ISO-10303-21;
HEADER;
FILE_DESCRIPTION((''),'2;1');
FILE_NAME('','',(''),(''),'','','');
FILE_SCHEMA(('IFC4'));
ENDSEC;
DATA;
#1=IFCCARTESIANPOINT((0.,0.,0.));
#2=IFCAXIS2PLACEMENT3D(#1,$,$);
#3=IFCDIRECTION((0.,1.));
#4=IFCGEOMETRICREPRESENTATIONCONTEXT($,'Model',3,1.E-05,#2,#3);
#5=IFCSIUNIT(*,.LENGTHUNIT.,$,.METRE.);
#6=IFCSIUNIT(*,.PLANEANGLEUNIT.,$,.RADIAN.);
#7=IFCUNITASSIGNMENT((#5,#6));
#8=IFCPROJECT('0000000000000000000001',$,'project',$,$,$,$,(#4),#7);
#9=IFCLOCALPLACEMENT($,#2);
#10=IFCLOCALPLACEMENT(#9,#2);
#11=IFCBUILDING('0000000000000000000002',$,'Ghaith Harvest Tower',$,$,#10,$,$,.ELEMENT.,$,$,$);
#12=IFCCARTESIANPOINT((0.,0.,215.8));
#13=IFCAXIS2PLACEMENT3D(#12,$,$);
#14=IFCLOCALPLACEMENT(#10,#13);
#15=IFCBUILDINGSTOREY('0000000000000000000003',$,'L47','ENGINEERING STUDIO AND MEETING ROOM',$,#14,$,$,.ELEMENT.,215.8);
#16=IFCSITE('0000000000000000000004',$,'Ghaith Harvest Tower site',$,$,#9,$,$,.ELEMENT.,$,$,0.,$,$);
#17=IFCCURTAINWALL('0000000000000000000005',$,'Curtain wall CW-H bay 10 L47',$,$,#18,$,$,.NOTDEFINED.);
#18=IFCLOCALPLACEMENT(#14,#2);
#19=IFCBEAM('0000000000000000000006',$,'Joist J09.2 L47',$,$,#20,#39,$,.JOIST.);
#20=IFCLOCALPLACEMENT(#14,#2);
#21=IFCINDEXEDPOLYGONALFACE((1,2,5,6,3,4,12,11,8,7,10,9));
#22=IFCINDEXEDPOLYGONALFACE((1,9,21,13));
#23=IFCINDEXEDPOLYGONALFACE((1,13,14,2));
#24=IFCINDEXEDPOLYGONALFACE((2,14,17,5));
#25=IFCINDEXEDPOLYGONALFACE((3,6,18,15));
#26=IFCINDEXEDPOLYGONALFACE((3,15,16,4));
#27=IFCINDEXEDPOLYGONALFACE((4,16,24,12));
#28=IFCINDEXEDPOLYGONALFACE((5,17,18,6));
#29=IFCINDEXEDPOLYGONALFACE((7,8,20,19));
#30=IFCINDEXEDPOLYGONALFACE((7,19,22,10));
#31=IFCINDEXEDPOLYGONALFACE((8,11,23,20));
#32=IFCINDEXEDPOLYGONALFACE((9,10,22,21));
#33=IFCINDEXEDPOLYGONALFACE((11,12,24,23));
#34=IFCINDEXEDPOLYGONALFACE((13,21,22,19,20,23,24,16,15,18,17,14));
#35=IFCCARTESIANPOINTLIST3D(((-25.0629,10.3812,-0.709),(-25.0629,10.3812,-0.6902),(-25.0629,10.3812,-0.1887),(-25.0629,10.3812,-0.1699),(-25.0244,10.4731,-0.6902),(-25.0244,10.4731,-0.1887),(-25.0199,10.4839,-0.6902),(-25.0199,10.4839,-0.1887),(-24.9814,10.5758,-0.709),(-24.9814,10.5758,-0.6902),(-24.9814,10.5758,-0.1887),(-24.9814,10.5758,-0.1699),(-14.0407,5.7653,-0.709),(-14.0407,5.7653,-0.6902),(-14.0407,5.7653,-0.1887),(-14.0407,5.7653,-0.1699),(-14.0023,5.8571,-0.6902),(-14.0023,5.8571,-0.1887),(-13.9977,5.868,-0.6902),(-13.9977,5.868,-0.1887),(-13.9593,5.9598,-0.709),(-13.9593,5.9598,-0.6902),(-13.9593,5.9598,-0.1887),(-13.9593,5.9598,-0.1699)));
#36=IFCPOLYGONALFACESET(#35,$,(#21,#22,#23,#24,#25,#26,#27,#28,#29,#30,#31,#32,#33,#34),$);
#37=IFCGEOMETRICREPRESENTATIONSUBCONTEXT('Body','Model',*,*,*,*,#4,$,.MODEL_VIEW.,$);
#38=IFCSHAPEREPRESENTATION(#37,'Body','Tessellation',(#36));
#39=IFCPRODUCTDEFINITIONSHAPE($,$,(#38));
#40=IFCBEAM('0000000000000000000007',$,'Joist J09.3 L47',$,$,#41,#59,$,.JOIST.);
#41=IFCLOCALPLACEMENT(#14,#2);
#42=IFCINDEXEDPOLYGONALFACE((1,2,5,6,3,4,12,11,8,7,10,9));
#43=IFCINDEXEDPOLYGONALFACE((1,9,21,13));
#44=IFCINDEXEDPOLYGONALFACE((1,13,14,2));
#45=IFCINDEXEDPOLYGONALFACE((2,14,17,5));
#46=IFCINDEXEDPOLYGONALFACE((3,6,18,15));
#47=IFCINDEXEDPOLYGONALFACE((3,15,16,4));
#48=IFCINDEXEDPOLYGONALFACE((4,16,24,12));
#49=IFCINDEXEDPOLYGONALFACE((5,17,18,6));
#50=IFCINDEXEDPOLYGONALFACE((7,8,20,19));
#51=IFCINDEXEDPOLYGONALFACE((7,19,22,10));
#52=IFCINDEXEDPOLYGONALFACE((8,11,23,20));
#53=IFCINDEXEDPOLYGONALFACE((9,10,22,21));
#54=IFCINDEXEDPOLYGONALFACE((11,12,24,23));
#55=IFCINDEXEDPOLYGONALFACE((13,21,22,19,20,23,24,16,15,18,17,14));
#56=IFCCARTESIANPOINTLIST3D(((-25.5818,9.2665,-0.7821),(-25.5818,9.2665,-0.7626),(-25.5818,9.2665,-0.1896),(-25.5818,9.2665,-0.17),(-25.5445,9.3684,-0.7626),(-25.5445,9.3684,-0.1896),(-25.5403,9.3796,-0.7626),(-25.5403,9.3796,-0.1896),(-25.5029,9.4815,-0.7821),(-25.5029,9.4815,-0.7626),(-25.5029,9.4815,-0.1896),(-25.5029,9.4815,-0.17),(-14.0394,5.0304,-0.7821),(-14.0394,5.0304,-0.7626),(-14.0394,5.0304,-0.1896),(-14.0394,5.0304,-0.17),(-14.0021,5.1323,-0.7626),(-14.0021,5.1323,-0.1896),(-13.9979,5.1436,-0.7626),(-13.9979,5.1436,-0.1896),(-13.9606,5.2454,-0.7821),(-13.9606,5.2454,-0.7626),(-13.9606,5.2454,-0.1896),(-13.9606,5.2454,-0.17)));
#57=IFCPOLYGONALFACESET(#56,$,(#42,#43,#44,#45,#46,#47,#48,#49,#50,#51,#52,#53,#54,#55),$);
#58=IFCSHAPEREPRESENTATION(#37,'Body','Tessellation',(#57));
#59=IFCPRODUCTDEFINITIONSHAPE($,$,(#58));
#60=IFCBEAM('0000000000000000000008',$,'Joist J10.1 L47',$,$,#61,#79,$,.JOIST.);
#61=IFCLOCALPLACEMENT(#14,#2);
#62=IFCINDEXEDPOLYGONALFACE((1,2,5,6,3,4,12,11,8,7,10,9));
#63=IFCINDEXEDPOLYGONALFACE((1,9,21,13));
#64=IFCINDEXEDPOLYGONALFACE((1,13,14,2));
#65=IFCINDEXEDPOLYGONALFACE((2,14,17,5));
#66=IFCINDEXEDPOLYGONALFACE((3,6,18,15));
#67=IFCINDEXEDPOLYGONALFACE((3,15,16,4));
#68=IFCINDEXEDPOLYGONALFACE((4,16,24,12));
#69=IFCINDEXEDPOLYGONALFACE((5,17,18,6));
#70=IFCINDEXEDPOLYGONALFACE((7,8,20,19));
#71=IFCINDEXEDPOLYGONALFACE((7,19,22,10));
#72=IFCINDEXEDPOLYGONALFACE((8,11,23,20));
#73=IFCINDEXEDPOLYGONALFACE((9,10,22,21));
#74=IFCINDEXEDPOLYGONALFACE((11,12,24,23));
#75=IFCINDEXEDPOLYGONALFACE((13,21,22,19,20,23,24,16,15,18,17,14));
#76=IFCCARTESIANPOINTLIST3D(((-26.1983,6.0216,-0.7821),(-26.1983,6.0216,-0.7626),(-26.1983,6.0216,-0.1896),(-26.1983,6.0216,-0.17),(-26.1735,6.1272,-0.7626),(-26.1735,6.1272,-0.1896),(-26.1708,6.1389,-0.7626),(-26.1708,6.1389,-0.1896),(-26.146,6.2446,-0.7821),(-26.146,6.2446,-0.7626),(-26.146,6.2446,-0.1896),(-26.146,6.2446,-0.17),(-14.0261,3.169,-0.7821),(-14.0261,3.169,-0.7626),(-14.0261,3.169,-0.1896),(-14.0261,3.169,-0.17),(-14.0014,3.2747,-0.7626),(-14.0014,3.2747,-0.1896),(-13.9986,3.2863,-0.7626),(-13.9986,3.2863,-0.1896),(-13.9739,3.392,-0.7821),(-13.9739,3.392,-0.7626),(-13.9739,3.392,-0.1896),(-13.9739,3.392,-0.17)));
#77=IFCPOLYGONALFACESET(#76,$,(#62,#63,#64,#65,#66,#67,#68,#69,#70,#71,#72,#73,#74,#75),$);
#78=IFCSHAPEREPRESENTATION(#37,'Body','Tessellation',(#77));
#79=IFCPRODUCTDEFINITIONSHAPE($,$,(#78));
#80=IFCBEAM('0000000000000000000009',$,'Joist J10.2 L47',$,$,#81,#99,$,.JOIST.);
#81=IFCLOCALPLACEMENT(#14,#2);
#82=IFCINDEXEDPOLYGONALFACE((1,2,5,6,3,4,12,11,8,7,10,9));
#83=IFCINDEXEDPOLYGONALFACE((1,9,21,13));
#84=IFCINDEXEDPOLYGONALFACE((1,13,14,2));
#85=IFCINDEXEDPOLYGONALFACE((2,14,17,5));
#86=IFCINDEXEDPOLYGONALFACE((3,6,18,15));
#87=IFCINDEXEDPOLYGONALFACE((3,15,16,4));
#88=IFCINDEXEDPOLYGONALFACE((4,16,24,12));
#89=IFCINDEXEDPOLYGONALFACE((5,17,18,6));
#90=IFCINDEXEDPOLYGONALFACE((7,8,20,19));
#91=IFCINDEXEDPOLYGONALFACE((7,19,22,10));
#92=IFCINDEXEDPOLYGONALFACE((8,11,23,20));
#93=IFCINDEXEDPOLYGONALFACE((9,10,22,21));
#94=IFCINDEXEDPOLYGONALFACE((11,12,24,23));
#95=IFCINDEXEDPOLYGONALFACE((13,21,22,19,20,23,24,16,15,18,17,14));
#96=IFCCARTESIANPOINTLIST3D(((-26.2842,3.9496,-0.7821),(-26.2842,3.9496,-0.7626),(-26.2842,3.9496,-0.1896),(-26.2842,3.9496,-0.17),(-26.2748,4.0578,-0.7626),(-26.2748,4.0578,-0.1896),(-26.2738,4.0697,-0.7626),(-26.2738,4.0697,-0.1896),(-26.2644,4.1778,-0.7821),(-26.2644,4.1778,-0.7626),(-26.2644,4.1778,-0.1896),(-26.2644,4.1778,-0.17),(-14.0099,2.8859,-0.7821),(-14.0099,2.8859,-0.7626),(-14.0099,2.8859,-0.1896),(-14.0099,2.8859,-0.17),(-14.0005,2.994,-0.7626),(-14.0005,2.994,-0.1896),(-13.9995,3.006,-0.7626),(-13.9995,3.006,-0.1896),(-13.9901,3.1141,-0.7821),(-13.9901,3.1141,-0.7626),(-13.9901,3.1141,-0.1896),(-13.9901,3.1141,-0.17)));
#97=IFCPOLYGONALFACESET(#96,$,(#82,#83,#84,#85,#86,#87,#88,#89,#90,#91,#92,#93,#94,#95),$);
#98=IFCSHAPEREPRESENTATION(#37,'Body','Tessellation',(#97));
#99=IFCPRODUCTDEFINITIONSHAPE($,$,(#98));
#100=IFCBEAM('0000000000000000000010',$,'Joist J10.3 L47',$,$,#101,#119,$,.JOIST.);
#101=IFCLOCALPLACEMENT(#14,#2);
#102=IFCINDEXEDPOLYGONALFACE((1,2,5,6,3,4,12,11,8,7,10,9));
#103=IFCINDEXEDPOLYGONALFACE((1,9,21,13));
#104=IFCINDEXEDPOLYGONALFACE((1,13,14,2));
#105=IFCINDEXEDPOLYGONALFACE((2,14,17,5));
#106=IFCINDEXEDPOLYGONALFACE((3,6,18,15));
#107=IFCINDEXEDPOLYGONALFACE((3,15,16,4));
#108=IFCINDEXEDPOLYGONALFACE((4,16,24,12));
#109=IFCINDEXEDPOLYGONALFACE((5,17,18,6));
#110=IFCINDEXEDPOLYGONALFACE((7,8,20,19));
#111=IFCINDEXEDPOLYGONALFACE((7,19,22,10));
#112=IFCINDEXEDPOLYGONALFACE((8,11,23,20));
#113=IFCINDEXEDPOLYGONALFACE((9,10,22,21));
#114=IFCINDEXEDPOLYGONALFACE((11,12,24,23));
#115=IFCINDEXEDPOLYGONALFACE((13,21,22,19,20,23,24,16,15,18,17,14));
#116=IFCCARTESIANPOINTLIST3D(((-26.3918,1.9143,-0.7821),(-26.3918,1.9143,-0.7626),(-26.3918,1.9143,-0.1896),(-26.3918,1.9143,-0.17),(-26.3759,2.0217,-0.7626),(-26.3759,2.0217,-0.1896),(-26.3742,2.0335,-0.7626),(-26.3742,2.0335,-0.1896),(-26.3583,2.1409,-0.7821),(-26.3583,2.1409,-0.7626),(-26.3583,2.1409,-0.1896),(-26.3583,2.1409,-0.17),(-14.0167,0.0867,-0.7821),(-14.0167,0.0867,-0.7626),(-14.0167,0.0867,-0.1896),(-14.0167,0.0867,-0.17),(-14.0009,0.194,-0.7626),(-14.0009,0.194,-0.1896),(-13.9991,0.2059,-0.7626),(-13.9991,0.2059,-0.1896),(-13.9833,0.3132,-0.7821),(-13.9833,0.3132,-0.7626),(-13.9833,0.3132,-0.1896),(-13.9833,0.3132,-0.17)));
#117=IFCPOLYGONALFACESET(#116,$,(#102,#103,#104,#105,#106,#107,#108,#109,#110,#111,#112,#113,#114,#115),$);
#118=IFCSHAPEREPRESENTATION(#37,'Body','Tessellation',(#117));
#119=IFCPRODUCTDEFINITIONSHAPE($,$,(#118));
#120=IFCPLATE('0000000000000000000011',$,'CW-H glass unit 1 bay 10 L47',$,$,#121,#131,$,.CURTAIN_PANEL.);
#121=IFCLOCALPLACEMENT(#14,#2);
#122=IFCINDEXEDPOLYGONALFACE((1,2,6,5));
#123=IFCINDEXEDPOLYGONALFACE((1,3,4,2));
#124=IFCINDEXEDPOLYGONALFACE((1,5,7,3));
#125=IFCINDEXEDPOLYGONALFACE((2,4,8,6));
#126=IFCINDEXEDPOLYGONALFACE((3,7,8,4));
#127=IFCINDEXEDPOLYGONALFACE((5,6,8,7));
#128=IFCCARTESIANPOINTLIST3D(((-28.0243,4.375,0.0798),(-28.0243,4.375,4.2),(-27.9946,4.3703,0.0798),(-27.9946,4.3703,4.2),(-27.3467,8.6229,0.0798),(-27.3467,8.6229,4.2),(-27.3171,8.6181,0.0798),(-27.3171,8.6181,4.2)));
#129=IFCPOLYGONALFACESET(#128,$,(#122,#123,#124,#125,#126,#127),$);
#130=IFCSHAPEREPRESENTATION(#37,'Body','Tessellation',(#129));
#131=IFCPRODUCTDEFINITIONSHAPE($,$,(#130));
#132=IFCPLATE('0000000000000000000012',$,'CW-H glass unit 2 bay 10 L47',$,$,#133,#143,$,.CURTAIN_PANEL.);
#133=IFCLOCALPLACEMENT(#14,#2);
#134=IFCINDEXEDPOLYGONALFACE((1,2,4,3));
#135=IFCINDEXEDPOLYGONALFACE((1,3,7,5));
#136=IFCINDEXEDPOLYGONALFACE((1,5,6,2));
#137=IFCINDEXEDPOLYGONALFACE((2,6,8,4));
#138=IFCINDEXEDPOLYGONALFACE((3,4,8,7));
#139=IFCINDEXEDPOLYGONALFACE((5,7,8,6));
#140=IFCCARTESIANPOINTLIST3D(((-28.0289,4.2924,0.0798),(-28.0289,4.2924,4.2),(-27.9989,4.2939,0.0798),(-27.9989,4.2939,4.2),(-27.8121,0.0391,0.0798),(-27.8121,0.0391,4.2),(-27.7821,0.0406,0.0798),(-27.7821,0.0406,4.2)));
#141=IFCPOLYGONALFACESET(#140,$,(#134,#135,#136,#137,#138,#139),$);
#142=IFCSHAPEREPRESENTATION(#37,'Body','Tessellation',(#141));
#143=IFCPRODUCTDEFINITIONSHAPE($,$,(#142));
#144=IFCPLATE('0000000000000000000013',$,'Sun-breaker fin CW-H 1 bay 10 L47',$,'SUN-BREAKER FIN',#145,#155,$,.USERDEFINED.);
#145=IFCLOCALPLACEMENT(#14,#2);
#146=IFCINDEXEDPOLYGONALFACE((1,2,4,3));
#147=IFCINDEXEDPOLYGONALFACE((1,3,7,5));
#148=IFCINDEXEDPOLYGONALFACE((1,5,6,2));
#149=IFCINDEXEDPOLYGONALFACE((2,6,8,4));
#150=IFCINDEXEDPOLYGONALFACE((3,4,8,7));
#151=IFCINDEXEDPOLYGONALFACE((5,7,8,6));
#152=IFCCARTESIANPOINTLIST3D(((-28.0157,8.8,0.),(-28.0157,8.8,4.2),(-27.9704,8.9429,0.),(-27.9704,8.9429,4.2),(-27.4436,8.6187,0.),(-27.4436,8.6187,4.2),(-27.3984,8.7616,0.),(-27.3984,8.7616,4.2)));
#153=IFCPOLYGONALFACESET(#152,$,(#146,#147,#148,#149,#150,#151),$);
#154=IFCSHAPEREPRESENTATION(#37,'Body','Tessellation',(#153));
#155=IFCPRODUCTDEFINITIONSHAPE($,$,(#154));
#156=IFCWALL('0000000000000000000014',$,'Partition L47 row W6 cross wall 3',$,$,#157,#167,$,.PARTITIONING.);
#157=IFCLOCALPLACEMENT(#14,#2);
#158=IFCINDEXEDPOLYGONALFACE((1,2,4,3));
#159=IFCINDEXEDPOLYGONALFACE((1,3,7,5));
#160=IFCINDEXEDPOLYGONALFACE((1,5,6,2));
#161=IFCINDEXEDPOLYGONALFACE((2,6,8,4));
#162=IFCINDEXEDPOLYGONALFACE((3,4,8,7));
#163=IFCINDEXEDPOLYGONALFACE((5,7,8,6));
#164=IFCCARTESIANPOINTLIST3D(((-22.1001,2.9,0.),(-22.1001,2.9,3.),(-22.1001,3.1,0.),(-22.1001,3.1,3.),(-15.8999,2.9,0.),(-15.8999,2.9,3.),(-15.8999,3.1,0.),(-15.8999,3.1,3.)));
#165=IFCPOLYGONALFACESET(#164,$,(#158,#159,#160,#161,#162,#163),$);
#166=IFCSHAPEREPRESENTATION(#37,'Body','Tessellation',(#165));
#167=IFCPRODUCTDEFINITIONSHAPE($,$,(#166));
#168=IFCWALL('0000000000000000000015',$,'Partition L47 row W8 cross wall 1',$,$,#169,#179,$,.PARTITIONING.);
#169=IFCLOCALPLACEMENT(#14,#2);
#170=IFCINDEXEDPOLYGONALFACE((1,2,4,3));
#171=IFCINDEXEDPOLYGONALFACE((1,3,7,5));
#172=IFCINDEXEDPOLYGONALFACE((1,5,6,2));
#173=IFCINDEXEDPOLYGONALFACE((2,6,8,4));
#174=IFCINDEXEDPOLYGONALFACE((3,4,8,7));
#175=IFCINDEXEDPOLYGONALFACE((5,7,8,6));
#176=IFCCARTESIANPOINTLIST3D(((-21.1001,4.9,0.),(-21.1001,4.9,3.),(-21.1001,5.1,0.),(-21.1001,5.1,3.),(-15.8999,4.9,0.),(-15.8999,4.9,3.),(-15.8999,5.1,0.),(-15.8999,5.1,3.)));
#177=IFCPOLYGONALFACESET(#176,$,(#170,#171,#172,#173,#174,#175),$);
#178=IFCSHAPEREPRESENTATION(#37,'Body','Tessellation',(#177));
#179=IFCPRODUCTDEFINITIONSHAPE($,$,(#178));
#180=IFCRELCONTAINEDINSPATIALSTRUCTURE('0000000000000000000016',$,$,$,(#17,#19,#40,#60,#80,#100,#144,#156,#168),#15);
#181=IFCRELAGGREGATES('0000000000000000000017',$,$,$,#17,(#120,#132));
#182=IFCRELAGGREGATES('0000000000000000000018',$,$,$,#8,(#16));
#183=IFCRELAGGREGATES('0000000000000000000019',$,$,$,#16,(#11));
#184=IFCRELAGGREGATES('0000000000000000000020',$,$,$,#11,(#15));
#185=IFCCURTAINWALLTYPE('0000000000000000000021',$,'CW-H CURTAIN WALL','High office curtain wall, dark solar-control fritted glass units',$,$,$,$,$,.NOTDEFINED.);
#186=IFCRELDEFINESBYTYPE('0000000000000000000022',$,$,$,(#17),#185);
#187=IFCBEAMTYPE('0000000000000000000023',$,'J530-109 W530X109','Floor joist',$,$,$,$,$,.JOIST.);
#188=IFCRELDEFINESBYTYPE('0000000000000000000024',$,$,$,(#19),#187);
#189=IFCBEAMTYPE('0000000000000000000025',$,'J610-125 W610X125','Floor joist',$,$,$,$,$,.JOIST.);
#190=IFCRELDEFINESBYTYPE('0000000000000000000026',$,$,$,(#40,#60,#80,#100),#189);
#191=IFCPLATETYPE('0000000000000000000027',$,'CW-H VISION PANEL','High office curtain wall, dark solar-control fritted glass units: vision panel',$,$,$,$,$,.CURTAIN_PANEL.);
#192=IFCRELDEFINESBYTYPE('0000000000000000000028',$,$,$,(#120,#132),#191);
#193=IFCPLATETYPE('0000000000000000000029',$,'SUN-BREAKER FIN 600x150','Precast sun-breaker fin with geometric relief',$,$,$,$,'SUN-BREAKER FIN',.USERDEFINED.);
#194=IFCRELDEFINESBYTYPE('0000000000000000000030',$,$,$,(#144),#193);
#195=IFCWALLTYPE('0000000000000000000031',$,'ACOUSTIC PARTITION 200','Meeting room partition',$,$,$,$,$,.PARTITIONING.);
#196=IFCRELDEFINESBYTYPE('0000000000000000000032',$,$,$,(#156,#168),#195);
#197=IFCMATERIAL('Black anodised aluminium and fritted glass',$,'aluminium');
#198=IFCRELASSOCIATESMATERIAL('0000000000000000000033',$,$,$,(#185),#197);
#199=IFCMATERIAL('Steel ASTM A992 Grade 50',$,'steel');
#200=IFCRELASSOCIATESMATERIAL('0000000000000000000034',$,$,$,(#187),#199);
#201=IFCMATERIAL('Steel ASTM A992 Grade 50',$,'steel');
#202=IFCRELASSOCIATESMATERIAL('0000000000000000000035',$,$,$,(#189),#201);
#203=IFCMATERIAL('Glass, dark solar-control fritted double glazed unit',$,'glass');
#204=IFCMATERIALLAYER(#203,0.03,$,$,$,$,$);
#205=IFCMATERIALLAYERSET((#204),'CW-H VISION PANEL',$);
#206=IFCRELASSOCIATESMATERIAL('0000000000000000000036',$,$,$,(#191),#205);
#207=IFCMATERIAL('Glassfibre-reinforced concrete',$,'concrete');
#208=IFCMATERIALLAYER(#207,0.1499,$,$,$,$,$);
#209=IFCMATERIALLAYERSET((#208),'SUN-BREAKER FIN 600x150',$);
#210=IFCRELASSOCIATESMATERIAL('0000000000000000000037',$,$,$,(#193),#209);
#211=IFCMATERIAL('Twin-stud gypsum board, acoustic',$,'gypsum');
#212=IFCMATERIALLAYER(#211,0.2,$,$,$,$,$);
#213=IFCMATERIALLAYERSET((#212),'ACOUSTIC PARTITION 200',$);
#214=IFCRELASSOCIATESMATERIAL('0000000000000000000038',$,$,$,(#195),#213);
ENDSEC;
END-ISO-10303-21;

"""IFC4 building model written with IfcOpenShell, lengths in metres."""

from ifc_helpers import new_model, si_unit, direction, frame, frame_2d, origin, origin_2d, place, context, subcontext, project, spatial, rectangle, i_section, extrude, material, layer, layer_set, material_profile, profile_set, type_object, element, aggregate, save


model = new_model("IFC4")

# Units and contexts
model_context = context("Model", 3, precision=1e-05, world=origin(), true_north=direction((0.0, 1.0)))
body_context = subcontext(model_context, "Body", "Model", "MODEL_VIEW")
ifc_project = project(units=[si_unit("LENGTHUNIT", "METRE"), si_unit("PLANEANGLEUNIT", "RADIAN")], contexts=[model_context])

# Site, building, storey
site_placement = place(None, origin())
site = spatial("IfcSite", under=ifc_project, at=site_placement, Name="Ghaith Harvest Tower site", CompositionType="ELEMENT", RefElevation=0.0)
building_placement = place(site_placement, origin())
building = spatial("IfcBuilding", under=site, at=building_placement, Name="Ghaith Harvest Tower", CompositionType="ELEMENT")
storey_placement = place(building_placement, frame((0.0, 0.0, 215.8)))
storey = spatial("IfcBuildingStorey", under=building, at=storey_placement, Name="L47", Description="ENGINEERING STUDIO AND MEETING ROOM", CompositionType="ELEMENT", Elevation=215.8)

# Curtain wall
ifc_material_1 = material(Name="Black anodised aluminium and fritted glass", Category="aluminium")
curtain_wall_type = type_object("IfcCurtainWallType", Name="CW-H CURTAIN WALL", Description="High office curtain wall, dark solar-control fritted glass units", PredefinedType="NOTDEFINED", material=ifc_material_1)
curtain_wall_placement = place(storey_placement, origin())
curtain_wall = element("IfcCurtainWall", 1, at=curtain_wall_placement, inside=storey, type_object=curtain_wall_type, Name="Curtain wall CW-H bay 10 L47", PredefinedType="NOTDEFINED")

# Beams
ifc_material_2 = material(Name="Steel ASTM A992 Grade 50", Category="steel")
ifc_material_profile_1 = material_profile(ifc_material_2, i_section(OverallWidth=0.2109, OverallDepth=0.5391, WebThickness=0.0117, FlangeThickness=0.0188, at=origin_2d()), Name="W530X109")
ifc_profile_set_1 = profile_set([ifc_material_profile_1], Name="Steel ASTM A992 Grade 50")
beam_type_1 = type_object("IfcBeamType", Name="J530-109 W530X109", Description="Floor joist", PredefinedType="JOIST", material=ifc_profile_set_1)
beam_1_placement = place(storey_placement, frame((-14.0, 5.8625, -0.4395), z_axis=(-0.922381, 0.386282, 0.0), x_axis=(-0.386282, -0.922381, 0.0)))
element("IfcBeam", 2, at=beam_1_placement, inside=storey, type_object=beam_type_1, Name="Joist J09.2 L47", PredefinedType="JOIST", context=body_context, shape_type="SweptSolid", body=[
    extrude(i_section(OverallWidth=0.2109, OverallDepth=0.5391, WebThickness=0.0117, FlangeThickness=0.0188, at=origin_2d()), origin(), (0.0, 0.0, 1.0), 11.9497),
])
ifc_material_3 = material(Name="Steel ASTM A992 Grade 50", Category="steel")
ifc_material_profile_2 = material_profile(ifc_material_3, i_section(OverallWidth=0.229, OverallDepth=0.6121, WebThickness=0.012, FlangeThickness=0.0195, at=origin_2d()), Name="W610X125")
ifc_profile_set_2 = profile_set([ifc_material_profile_2], Name="Steel ASTM A992 Grade 50")
beam_type_2 = type_object("IfcBeamType", Name="J610-125 W610X125", Description="Floor joist", PredefinedType="JOIST", material=ifc_profile_set_2)
beam_2_placement = place(storey_placement, frame((-14.0, 5.1379, -0.4761), z_axis=(-0.938775, 0.34453, 0.0), x_axis=(-0.34453, -0.938775, 0.0)))
element("IfcBeam", 3, at=beam_2_placement, inside=storey, type_object=beam_type_2, Name="Joist J09.3 L47", PredefinedType="JOIST", context=body_context, shape_type="SweptSolid", body=[
    extrude(i_section(OverallWidth=0.229, OverallDepth=0.6121, WebThickness=0.012, FlangeThickness=0.0195, at=origin_2d()), origin(), (0.0, 0.0, 1.0), 12.2952),
])
beam_3_placement = place(storey_placement, frame((-14.0, 3.2805, -0.4761), z_axis=(-0.973622, 0.228168, 0.0), x_axis=(-0.228168, -0.973622, 0.0)))
element("IfcBeam", 4, at=beam_3_placement, inside=storey, type_object=beam_type_2, Name="Joist J10.1 L47", PredefinedType="JOIST", context=body_context, shape_type="SweptSolid", body=[
    extrude(i_section(OverallWidth=0.229, OverallDepth=0.6121, WebThickness=0.012, FlangeThickness=0.0195, at=origin_2d()), origin(), (0.0, 0.0, 1.0), 12.502),
])
beam_4_placement = place(storey_placement, frame((-14.0, 3.0, -0.4761), z_axis=(-0.996266, 0.086338, 0.0), x_axis=(-0.086338, -0.996266, 0.0)))
element("IfcBeam", 5, at=beam_4_placement, inside=storey, type_object=beam_type_2, Name="Joist J10.2 L47", PredefinedType="JOIST", context=body_context, shape_type="SweptSolid", body=[
    extrude(i_section(OverallWidth=0.229, OverallDepth=0.6121, WebThickness=0.012, FlangeThickness=0.0195, at=origin_2d()), origin(), (0.0, 0.0, 1.0), 12.3203),
])
beam_5_placement = place(storey_placement, frame((-14.0, 0.2, -0.4761), z_axis=(-0.989269, 0.146103, 0.0), x_axis=(-0.146103, -0.989269, 0.0)))
element("IfcBeam", 6, at=beam_5_placement, inside=storey, type_object=beam_type_2, Name="Joist J10.3 L47", PredefinedType="JOIST", context=body_context, shape_type="SweptSolid", body=[
    extrude(i_section(OverallWidth=0.229, OverallDepth=0.6121, WebThickness=0.012, FlangeThickness=0.0195, at=origin_2d()), origin(), (0.0, 0.0, 1.0), 12.5093),
])

# Plates
ifc_material_4 = material(Name="Glass, dark solar-control fritted double glazed unit", Category="glass")
ifc_layer_1 = layer(ifc_material_4, 0.03)
ifc_layer_set_1 = layer_set([ifc_layer_1], Name="CW-H VISION PANEL")
plate_type_1 = type_object("IfcPlateType", Name="CW-H VISION PANEL", Description="High office curtain wall, dark solar-control fritted glass units: vision panel", PredefinedType="CURTAIN_PANEL", material=ifc_layer_set_1)
plate_1_placement = place(storey_placement, frame((-27.6707, 6.4966, 0.0798), z_axis=(0.0, 0.0, 1.0), x_axis=(-0.157514, -0.987517, 0.0)))
plate_1 = element("IfcPlate", 7, at=plate_1_placement, type_object=plate_type_1, Name="CW-H glass unit 1 bay 10 L47", PredefinedType="CURTAIN_PANEL", context=body_context, shape_type="SweptSolid", body=[
    extrude(rectangle(XDim=4.3015, YDim=0.03, at=origin_2d()), origin(), (0.0, 0.0, 1.0), 4.1201),
])
plate_2_placement = place(storey_placement, frame((-27.9055, 2.1665, 0.0798), z_axis=(0.0, 0.0, 1.0), x_axis=(0.050895, -0.998704, 0.0)))
plate_2 = element("IfcPlate", 8, at=plate_2_placement, type_object=plate_type_1, Name="CW-H glass unit 2 bay 10 L47", PredefinedType="CURTAIN_PANEL", context=body_context, shape_type="SweptSolid", body=[
    extrude(rectangle(XDim=4.2588, YDim=0.03, at=origin_2d()), origin(), (0.0, 0.0, 1.0), 4.1201),
])
aggregate(curtain_wall, [plate_1, plate_2])
ifc_material_5 = material(Name="Glassfibre-reinforced concrete", Category="concrete")
ifc_layer_2 = layer(ifc_material_5, 0.1499)
ifc_layer_set_2 = layer_set([ifc_layer_2], Name="SUN-BREAKER FIN 600x150")
plate_type_2 = type_object("IfcPlateType", Name="SUN-BREAKER FIN 600x150", Description="Precast sun-breaker fin with geometric relief", ElementType="SUN-BREAKER FIN", PredefinedType="USERDEFINED", material=ifc_layer_set_2)
plate_3_placement = place(storey_placement, frame((-27.707, 8.7808, 0.0), z_axis=(0.0, 0.0, 1.0), x_axis=(-0.953273, 0.30211, 0.0)))
element("IfcPlate", 9, at=plate_3_placement, inside=storey, type_object=plate_type_2, Name="Sun-breaker fin CW-H 1 bay 10 L47", ObjectType="SUN-BREAKER FIN", PredefinedType="USERDEFINED", context=body_context, shape_type="SweptSolid", body=[
    extrude(rectangle(XDim=0.6001, YDim=0.1499, at=origin_2d()), origin(), (0.0, 0.0, 1.0), 4.2),
])

# Walls
ifc_material_6 = material(Name="Twin-stud gypsum board, acoustic", Category="gypsum")
ifc_layer_3 = layer(ifc_material_6, 0.2)
ifc_layer_set_3 = layer_set([ifc_layer_3], Name="ACOUSTIC PARTITION 200")
wall_type_1 = type_object("IfcWallType", Name="ACOUSTIC PARTITION 200", Description="Meeting room partition", PredefinedType="PARTITIONING", material=ifc_layer_set_3)
wall_1_placement = place(storey_placement, frame((-15.8999, 3.0, 0.0), z_axis=(0.0, 0.0, 1.0), x_axis=(-1.0, 0.0, 0.0)))
element("IfcWall", 10, at=wall_1_placement, inside=storey, type_object=wall_type_1, Name="Partition L47 row W6 cross wall 3", PredefinedType="PARTITIONING", context=body_context, shape_type="SweptSolid", body=[
    extrude(rectangle(XDim=6.2002, YDim=0.2, at=frame_2d((3.1001, 0.0))), origin(), (0.0, 0.0, 1.0), 3.0),
])
wall_2_placement = place(storey_placement, frame((-15.8999, 5.0, 0.0), z_axis=(0.0, 0.0, 1.0), x_axis=(-1.0, 0.0, 0.0)))
element("IfcWall", 11, at=wall_2_placement, inside=storey, type_object=wall_type_1, Name="Partition L47 row W8 cross wall 1", PredefinedType="PARTITIONING", context=body_context, shape_type="SweptSolid", body=[
    extrude(rectangle(XDim=5.2002, YDim=0.2, at=frame_2d((2.6001, 0.0))), origin(), (0.0, 0.0, 1.0), 3.0),
])

save(model, "model.ifc")
